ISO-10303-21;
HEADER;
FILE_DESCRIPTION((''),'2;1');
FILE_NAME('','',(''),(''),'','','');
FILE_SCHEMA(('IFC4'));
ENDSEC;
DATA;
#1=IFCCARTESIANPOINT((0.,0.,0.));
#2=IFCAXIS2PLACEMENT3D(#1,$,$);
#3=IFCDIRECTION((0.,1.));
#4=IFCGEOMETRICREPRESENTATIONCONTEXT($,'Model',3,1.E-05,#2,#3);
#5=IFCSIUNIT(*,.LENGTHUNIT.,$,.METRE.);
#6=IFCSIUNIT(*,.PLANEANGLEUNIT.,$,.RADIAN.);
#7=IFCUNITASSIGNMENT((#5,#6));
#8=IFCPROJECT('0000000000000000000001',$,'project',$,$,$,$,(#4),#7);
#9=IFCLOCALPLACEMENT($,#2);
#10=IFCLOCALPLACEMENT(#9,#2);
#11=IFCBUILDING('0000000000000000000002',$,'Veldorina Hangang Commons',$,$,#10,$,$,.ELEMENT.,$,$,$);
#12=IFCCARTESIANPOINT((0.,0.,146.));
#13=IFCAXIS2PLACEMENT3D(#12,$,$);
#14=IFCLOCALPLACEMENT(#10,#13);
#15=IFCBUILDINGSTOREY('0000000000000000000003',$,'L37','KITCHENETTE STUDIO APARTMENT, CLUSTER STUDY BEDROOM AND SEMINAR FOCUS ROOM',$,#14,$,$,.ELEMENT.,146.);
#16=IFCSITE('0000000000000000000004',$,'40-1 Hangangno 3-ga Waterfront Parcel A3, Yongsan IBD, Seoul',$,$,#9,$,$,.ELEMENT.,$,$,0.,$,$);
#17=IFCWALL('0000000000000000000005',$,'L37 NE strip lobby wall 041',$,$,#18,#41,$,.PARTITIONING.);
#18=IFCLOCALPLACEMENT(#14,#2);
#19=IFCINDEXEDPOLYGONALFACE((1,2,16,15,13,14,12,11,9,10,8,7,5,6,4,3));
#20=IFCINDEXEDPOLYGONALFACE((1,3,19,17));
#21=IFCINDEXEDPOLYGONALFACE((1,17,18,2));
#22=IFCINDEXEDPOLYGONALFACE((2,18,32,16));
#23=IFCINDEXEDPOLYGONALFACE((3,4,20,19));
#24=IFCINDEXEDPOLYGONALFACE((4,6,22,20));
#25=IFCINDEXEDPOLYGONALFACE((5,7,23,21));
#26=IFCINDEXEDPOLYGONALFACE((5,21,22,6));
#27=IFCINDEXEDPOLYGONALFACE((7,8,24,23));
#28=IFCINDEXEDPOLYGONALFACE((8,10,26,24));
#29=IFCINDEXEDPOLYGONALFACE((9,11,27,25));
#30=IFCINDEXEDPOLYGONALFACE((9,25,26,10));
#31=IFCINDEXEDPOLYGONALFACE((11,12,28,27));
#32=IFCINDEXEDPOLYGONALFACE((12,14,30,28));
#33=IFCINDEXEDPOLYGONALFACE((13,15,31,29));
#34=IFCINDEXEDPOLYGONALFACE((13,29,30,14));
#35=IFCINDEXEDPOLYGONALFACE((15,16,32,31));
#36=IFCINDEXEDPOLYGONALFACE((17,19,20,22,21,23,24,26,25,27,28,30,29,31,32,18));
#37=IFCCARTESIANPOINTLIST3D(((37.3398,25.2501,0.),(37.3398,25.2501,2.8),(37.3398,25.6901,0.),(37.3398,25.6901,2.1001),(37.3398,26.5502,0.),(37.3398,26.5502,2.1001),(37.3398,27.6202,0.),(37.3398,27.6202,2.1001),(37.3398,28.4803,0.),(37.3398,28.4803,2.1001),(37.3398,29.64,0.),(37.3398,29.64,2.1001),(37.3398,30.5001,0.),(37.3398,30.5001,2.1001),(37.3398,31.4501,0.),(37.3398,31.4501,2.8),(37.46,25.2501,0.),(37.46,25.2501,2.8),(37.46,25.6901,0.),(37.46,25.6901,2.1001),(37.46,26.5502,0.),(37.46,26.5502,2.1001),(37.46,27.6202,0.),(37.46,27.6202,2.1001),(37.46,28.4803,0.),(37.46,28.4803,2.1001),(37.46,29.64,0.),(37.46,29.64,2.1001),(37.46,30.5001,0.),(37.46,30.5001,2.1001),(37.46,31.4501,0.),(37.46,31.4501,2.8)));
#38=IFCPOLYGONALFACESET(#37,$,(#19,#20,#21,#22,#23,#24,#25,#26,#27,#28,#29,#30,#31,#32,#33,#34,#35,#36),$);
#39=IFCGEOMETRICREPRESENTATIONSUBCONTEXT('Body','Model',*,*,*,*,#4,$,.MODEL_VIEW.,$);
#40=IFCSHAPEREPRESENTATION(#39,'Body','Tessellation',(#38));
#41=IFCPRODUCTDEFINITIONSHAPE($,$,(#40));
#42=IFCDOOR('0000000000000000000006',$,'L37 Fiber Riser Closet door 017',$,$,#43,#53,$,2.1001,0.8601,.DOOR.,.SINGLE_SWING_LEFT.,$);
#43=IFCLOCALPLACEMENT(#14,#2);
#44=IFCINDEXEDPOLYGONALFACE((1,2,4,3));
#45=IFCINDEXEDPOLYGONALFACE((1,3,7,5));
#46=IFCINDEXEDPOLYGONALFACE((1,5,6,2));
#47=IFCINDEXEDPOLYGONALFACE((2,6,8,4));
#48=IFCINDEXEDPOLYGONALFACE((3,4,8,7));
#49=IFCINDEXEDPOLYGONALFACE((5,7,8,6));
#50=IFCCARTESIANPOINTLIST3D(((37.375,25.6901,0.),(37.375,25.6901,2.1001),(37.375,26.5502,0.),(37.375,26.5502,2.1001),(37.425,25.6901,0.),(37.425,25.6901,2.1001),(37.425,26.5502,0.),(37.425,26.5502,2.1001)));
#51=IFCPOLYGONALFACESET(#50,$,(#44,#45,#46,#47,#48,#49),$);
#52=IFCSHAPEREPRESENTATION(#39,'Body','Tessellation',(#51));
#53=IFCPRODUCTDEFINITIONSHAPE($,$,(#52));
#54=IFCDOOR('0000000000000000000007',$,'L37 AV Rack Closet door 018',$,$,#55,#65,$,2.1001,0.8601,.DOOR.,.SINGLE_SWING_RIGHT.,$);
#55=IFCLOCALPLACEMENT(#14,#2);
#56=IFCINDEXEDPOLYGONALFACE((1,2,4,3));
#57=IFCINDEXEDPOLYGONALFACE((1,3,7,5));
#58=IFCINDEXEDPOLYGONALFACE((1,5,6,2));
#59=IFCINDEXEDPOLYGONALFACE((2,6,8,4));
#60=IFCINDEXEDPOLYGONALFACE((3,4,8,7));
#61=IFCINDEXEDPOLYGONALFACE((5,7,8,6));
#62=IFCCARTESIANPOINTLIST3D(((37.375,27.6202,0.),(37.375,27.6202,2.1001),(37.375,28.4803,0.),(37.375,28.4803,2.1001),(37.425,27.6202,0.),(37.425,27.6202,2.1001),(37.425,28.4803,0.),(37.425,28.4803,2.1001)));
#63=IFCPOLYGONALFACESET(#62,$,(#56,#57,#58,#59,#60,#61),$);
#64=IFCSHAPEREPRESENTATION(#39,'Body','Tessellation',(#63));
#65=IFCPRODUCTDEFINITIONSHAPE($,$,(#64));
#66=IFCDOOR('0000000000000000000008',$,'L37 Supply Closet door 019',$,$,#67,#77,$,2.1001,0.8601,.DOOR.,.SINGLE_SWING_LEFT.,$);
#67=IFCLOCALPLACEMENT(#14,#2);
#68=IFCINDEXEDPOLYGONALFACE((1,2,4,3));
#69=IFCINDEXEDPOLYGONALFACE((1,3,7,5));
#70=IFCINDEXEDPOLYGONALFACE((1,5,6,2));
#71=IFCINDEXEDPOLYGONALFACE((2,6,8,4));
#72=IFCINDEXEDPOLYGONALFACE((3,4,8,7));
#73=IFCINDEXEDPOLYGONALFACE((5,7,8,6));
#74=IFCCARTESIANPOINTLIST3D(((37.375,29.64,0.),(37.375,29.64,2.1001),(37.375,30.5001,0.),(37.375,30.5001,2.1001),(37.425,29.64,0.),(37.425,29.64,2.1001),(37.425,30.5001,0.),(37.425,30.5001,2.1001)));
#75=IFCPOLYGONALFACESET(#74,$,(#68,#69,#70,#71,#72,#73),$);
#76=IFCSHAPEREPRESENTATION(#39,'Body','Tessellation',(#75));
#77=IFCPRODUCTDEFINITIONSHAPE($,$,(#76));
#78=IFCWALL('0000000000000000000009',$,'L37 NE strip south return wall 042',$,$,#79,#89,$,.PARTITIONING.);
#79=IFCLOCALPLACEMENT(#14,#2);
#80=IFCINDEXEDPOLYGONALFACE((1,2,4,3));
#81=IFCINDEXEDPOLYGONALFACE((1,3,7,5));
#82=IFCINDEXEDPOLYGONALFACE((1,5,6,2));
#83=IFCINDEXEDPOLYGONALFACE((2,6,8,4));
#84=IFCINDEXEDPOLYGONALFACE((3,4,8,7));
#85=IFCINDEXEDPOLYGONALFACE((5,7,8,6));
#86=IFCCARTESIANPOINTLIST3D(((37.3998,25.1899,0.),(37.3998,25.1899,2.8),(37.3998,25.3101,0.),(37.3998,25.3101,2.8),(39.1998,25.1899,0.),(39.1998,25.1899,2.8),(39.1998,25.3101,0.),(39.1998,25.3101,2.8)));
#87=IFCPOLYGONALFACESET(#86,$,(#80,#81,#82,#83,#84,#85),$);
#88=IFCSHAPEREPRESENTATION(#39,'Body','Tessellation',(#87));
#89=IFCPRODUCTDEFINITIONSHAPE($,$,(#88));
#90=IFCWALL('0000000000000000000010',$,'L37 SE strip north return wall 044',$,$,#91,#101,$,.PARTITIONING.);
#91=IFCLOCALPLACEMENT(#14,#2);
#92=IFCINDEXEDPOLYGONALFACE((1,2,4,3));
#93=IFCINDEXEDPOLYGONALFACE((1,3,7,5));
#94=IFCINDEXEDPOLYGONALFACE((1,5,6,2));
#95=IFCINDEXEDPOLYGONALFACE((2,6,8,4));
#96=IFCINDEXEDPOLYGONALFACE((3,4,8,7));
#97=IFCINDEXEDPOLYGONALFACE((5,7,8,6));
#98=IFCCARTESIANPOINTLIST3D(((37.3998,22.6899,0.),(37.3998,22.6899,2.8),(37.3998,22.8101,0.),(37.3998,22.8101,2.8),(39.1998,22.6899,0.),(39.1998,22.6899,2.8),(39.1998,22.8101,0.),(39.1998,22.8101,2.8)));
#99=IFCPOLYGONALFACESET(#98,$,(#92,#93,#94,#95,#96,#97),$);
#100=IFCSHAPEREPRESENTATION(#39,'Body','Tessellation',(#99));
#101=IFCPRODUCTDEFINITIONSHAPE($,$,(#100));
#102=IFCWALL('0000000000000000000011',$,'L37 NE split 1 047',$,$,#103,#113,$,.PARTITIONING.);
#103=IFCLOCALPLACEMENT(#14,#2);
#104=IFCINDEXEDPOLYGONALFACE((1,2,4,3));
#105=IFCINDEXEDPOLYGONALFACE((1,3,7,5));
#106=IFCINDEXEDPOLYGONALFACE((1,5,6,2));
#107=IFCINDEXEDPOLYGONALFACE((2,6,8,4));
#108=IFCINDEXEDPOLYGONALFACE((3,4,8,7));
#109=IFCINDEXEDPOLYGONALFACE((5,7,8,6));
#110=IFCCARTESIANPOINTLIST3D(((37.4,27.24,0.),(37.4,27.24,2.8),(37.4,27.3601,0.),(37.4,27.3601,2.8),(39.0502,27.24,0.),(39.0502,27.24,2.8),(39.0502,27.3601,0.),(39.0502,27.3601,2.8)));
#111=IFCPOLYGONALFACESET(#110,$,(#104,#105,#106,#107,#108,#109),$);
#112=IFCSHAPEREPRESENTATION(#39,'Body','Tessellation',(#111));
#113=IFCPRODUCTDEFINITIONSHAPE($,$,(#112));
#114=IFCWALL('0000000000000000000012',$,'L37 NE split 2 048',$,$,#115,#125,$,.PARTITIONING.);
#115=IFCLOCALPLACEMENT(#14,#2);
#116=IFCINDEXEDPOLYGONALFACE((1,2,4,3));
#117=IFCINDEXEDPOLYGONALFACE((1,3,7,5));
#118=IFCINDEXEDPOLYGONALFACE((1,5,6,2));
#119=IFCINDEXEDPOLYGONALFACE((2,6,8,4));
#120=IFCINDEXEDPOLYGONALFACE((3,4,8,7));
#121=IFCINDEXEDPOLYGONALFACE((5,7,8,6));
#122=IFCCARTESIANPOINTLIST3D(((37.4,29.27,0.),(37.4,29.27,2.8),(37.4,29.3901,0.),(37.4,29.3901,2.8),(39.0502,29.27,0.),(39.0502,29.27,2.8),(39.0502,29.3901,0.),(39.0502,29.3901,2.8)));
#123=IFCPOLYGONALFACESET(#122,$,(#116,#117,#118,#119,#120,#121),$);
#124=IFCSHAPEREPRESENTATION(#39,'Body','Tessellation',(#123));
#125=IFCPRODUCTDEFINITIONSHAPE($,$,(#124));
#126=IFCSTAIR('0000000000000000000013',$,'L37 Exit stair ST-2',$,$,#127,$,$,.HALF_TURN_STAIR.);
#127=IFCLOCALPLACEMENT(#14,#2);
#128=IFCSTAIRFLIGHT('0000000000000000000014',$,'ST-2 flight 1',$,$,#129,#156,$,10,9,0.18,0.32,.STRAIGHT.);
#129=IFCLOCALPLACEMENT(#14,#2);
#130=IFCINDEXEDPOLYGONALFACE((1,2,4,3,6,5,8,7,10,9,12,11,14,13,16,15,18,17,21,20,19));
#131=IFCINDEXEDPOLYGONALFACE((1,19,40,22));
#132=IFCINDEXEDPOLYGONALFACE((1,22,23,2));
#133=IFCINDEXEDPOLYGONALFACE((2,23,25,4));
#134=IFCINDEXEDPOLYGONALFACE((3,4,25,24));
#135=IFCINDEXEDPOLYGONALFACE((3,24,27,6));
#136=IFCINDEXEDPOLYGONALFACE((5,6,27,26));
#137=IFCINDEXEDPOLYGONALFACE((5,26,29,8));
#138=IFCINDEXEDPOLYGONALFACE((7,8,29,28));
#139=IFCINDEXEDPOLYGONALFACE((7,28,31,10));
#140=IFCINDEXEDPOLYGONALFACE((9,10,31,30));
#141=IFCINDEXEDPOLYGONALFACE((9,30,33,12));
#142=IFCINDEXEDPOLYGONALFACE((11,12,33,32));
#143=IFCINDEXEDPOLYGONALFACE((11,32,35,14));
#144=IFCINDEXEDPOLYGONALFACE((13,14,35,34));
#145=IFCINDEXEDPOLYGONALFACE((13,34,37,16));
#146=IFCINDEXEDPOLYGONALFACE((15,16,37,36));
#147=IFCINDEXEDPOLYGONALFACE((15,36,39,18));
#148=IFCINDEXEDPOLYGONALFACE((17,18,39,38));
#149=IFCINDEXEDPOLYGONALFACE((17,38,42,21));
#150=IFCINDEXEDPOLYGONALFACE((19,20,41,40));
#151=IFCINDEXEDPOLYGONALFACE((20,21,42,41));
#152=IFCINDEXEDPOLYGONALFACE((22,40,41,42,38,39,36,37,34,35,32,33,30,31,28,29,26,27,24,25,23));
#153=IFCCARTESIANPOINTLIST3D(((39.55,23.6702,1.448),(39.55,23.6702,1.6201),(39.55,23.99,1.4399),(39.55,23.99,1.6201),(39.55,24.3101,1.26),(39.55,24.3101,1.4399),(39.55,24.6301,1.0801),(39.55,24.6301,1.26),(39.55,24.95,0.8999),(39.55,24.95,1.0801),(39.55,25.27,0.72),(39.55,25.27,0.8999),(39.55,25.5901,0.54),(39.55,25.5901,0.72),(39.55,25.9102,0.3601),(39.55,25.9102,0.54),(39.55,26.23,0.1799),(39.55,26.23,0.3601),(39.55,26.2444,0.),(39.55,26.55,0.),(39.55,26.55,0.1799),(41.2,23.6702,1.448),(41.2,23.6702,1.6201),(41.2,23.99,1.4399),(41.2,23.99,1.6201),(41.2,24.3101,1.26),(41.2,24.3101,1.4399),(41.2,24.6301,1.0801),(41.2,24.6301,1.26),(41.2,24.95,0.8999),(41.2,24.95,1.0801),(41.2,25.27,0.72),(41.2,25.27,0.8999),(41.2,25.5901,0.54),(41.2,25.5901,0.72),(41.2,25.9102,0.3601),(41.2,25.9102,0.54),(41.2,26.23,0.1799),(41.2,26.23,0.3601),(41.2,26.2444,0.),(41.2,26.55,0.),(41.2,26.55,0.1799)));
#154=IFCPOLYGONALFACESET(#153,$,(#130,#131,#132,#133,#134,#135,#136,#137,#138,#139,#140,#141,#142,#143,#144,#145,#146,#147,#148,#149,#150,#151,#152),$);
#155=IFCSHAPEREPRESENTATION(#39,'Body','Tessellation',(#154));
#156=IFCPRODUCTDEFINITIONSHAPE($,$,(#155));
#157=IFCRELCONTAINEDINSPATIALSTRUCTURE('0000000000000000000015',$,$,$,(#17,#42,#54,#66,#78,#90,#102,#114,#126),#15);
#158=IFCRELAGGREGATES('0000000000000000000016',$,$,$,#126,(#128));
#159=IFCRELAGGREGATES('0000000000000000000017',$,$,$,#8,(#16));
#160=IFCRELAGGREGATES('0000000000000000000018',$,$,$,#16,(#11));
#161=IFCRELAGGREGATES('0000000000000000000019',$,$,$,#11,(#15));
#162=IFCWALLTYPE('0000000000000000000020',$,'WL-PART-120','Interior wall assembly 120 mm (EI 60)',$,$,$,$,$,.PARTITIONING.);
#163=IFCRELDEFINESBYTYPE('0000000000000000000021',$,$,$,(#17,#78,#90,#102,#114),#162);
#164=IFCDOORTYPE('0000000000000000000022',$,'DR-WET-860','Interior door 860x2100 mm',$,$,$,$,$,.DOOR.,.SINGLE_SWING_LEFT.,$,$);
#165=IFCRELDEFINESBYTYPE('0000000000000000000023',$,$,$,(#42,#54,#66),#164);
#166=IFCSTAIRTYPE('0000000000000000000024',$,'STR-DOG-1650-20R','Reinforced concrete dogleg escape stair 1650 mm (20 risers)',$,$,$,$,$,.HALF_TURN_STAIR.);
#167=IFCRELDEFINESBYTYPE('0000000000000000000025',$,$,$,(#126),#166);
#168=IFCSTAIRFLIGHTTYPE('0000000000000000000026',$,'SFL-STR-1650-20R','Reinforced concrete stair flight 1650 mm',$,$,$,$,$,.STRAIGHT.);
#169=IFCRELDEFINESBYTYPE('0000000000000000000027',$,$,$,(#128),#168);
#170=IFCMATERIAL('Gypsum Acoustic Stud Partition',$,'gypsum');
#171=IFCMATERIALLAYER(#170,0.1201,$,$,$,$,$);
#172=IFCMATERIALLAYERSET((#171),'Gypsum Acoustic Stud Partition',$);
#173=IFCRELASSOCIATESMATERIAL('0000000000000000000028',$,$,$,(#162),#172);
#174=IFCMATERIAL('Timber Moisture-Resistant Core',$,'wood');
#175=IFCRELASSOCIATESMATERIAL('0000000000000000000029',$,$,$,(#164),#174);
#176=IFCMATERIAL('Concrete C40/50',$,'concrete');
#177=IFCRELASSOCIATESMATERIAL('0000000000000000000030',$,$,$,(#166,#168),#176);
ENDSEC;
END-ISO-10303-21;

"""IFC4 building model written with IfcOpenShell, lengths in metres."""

from ifc_helpers import new_model, si_unit, direction, frame, frame_2d, origin, place, context, subcontext, project, spatial, polyline, rectangle, outline, extrude, material, layer, layer_set, type_object, element, fill, aggregate, save


model = new_model("IFC4")

# Units and contexts
model_context = context("Model", 3, precision=1e-05, world=origin(), true_north=direction((0.0, 1.0)))
body_context = subcontext(model_context, "Body", "Model", "MODEL_VIEW")
ifc_project = project(units=[si_unit("LENGTHUNIT", "METRE"), si_unit("PLANEANGLEUNIT", "RADIAN")], contexts=[model_context])

# Site, building, storey
site_placement = place(None, origin())
site = spatial("IfcSite", under=ifc_project, at=site_placement, Name="40-1 Hangangno 3-ga Waterfront Parcel A3, Yongsan IBD, Seoul", CompositionType="ELEMENT", RefElevation=0.0)
building_placement = place(site_placement, origin())
building = spatial("IfcBuilding", under=site, at=building_placement, Name="Veldorina Hangang Commons", CompositionType="ELEMENT")
storey_placement = place(building_placement, frame((0.0, 0.0, 146.0)))
storey = spatial("IfcBuildingStorey", under=building, at=storey_placement, Name="L37", Description="KITCHENETTE STUDIO APARTMENT, CLUSTER STUDY BEDROOM AND SEMINAR FOCUS ROOM", CompositionType="ELEMENT", Elevation=146.0)

# Shared definitions
ifc_material_1 = material(Name="Gypsum Acoustic Stud Partition", Category="gypsum")
ifc_layer_1 = layer(ifc_material_1, 0.1201)
ifc_layer_set_1 = layer_set([ifc_layer_1], Name="Gypsum Acoustic Stud Partition")
wall_type_1 = type_object("IfcWallType", Name="WL-PART-120", Description="Interior wall assembly 120 mm (EI 60)", PredefinedType="PARTITIONING", material=ifc_layer_set_1)

# Wall, openings, doors
wall_1_placement = place(storey_placement, frame((37.3999, 25.25, 0.0), z_axis=(0.0, 0.0, 1.0), x_axis=(0.0, 1.0, 0.0)))
wall_1 = element("IfcWall", 1, at=wall_1_placement, inside=storey, type_object=wall_type_1, Name="L37 NE strip lobby wall 041", PredefinedType="PARTITIONING", context=body_context, shape_type="SweptSolid", body=[
    extrude(rectangle(XDim=6.2, YDim=0.1201, at=frame_2d((3.1001, 0.0))), origin(), (0.0, 0.0, 1.0), 2.8),
])
opening_1_placement = place(wall_1_placement, frame((0.4399, 0.0, 0.0)))
opening_1 = element("IfcOpeningElement", 2, at=opening_1_placement, cuts=wall_1, PredefinedType="OPENING", context=body_context, shape_type="SweptSolid", body=[
    extrude(rectangle(XDim=0.8601, YDim=2.1001, at=frame_2d((0.4302, 1.05))), frame((0.0, 0.0701, 0.0), z_axis=(0.0, -1.0, 0.0), x_axis=(1.0, 0.0, 0.0)), (0.0, 0.0, 1.0), 0.1401),
])
opening_2_placement = place(wall_1_placement, frame((2.3701, 0.0, 0.0)))
opening_2 = element("IfcOpeningElement", 3, at=opening_2_placement, cuts=wall_1, PredefinedType="OPENING", context=body_context, shape_type="SweptSolid", body=[
    extrude(rectangle(XDim=0.8601, YDim=2.1001, at=frame_2d((0.4302, 1.05))), frame((0.0, 0.0701, 0.0), z_axis=(0.0, -1.0, 0.0), x_axis=(1.0, 0.0, 0.0)), (0.0, 0.0, 1.0), 0.1401),
])
opening_3_placement = place(wall_1_placement, frame((4.3899, 0.0, 0.0)))
opening_3 = element("IfcOpeningElement", 4, at=opening_3_placement, cuts=wall_1, PredefinedType="OPENING", context=body_context, shape_type="SweptSolid", body=[
    extrude(rectangle(XDim=0.8601, YDim=2.1001, at=frame_2d((0.4302, 1.05))), frame((0.0, 0.0701, 0.0), z_axis=(0.0, -1.0, 0.0), x_axis=(1.0, 0.0, 0.0)), (0.0, 0.0, 1.0), 0.1401),
])
ifc_material_2 = material(Name="Timber Moisture-Resistant Core", Category="wood")
door_type_1 = type_object("IfcDoorType", Name="DR-WET-860", Description="Interior door 860x2100 mm", OperationType="SINGLE_SWING_LEFT", PredefinedType="DOOR", material=ifc_material_2)
door_1_placement = place(opening_1_placement, origin())
door_1 = element("IfcDoor", 5, at=door_1_placement, inside=storey, type_object=door_type_1, Name="L37 Fiber Riser Closet door 017", OperationType="SINGLE_SWING_LEFT", OverallHeight=2.1001, OverallWidth=0.8601, PredefinedType="DOOR", context=body_context, shape_type="SweptSolid", body=[
    extrude(rectangle(XDim=0.8601, YDim=2.1001, at=frame_2d((0.4302, 1.05))), frame((0.0, 0.0249, 0.0), z_axis=(0.0, -1.0, 0.0), x_axis=(1.0, 0.0, 0.0)), (0.0, 0.0, 1.0), 0.05),
])
fill(opening_1, door_1)
door_2_placement = place(opening_2_placement, origin())
door_2 = element("IfcDoor", 6, at=door_2_placement, inside=storey, type_object=door_type_1, Name="L37 AV Rack Closet door 018", OperationType="SINGLE_SWING_RIGHT", OverallHeight=2.1001, OverallWidth=0.8601, PredefinedType="DOOR", context=body_context, shape_type="SweptSolid", body=[
    extrude(rectangle(XDim=0.8601, YDim=2.1001, at=frame_2d((0.4302, 1.05))), frame((0.0, 0.0249, 0.0), z_axis=(0.0, -1.0, 0.0), x_axis=(1.0, 0.0, 0.0)), (0.0, 0.0, 1.0), 0.05),
])
fill(opening_2, door_2)
door_3_placement = place(opening_3_placement, origin())
door_3 = element("IfcDoor", 7, at=door_3_placement, inside=storey, type_object=door_type_1, Name="L37 Supply Closet door 019", OperationType="SINGLE_SWING_LEFT", OverallHeight=2.1001, OverallWidth=0.8601, PredefinedType="DOOR", context=body_context, shape_type="SweptSolid", body=[
    extrude(rectangle(XDim=0.8601, YDim=2.1001, at=frame_2d((0.4302, 1.05))), frame((0.0, 0.0249, 0.0), z_axis=(0.0, -1.0, 0.0), x_axis=(1.0, 0.0, 0.0)), (0.0, 0.0, 1.0), 0.05),
])
fill(opening_3, door_3)

# Walls
for number, where, z_axis, x_axis, name in (
    (8, (37.3999, 25.25, 0.0), (0.0, 0.0, 1.0), (1.0, 0.0, 0.0), "L37 NE strip south return wall 042"),
    (9, (37.3999, 22.75, 0.0), (0.0, 0.0, 1.0), (1.0, 0.0, 0.0), "L37 SE strip north return wall 044"),
):
    element("IfcWall", number, at=place(storey_placement, frame(where, z_axis=z_axis, x_axis=x_axis)), inside=storey, type_object=wall_type_1, Name=name, PredefinedType="PARTITIONING", context=body_context, shape_type="SweptSolid", body=[
        extrude(rectangle(XDim=1.8, YDim=0.1201, at=frame_2d((0.8999, 0.0))), origin(), (0.0, 0.0, 1.0), 2.8),
    ])
for number, where, z_axis, x_axis, name in (
    (10, (37.3999, 27.3, 0.0), (0.0, 0.0, 1.0), (1.0, 0.0, 0.0), "L37 NE split 1 047"),
    (11, (37.3999, 29.3301, 0.0), (0.0, 0.0, 1.0), (1.0, 0.0, 0.0), "L37 NE split 2 048"),
):
    element("IfcWall", number, at=place(storey_placement, frame(where, z_axis=z_axis, x_axis=x_axis)), inside=storey, type_object=wall_type_1, Name=name, PredefinedType="PARTITIONING", context=body_context, shape_type="SweptSolid", body=[
        extrude(rectangle(XDim=1.6501, YDim=0.1201, at=frame_2d((0.8252, 0.0))), origin(), (0.0, 0.0, 1.0), 2.8),
    ])

# Stair, stair flight
ifc_material_3 = material(Name="Concrete C40/50", Category="concrete")
stair_type = type_object("IfcStairType", Name="STR-DOG-1650-20R", Description="Reinforced concrete dogleg escape stair 1650 mm (20 risers)", PredefinedType="HALF_TURN_STAIR", material=ifc_material_3)
stair_placement = place(storey_placement, origin())
stair = element("IfcStair", 12, at=stair_placement, inside=storey, type_object=stair_type, Name="L37 Exit stair ST-2", PredefinedType="HALF_TURN_STAIR")
stair_flight_type = type_object("IfcStairFlightType", Name="SFL-STR-1650-20R", Description="Reinforced concrete stair flight 1650 mm", PredefinedType="STRAIGHT", material=ifc_material_3)
stair_flight_1_placement = place(storey_placement, frame((40.375, 26.55, 0.0), z_axis=(0.0, 0.0, 1.0), x_axis=(0.0, -1.0, 0.0)))
stair_flight_1 = element("IfcStairFlight", 13, at=stair_flight_1_placement, type_object=stair_flight_type, Name="ST-2 flight 1", NumberOfRisers=10, NumberOfTreads=9, PredefinedType="STRAIGHT", RiserHeight=0.18, TreadLength=0.32, context=body_context, shape_type="SweptSolid", body=[
    extrude(outline(polyline([(0.0, 0.0), (0.0, 0.1799), (0.3201, 0.1799), (0.3201, 0.3601), (0.6399, 0.3601), (0.6399, 0.54), (0.96, 0.54), (0.96, 0.72), (1.28, 0.72), (1.28, 0.8999), (1.6001, 0.8999), (1.6001, 1.0801), (1.9199, 1.0801), (1.9199, 1.26), (2.24, 1.26), (2.24, 1.4399), (2.5601, 1.4399), (2.5601, 1.6201), (2.8799, 1.6201), (2.8799, 1.8), (2.8799, 1.448), (0.3057, 0.0), (0.0, 0.0)])), frame((0.0, 0.825, 0.0), z_axis=(0.0, -1.0, 0.0), x_axis=(1.0, 0.0, 0.0)), (0.0, 0.0, 1.0), 1.6499),
])
aggregate(stair, [stair_flight_1])

save(model, "model.ifc")
